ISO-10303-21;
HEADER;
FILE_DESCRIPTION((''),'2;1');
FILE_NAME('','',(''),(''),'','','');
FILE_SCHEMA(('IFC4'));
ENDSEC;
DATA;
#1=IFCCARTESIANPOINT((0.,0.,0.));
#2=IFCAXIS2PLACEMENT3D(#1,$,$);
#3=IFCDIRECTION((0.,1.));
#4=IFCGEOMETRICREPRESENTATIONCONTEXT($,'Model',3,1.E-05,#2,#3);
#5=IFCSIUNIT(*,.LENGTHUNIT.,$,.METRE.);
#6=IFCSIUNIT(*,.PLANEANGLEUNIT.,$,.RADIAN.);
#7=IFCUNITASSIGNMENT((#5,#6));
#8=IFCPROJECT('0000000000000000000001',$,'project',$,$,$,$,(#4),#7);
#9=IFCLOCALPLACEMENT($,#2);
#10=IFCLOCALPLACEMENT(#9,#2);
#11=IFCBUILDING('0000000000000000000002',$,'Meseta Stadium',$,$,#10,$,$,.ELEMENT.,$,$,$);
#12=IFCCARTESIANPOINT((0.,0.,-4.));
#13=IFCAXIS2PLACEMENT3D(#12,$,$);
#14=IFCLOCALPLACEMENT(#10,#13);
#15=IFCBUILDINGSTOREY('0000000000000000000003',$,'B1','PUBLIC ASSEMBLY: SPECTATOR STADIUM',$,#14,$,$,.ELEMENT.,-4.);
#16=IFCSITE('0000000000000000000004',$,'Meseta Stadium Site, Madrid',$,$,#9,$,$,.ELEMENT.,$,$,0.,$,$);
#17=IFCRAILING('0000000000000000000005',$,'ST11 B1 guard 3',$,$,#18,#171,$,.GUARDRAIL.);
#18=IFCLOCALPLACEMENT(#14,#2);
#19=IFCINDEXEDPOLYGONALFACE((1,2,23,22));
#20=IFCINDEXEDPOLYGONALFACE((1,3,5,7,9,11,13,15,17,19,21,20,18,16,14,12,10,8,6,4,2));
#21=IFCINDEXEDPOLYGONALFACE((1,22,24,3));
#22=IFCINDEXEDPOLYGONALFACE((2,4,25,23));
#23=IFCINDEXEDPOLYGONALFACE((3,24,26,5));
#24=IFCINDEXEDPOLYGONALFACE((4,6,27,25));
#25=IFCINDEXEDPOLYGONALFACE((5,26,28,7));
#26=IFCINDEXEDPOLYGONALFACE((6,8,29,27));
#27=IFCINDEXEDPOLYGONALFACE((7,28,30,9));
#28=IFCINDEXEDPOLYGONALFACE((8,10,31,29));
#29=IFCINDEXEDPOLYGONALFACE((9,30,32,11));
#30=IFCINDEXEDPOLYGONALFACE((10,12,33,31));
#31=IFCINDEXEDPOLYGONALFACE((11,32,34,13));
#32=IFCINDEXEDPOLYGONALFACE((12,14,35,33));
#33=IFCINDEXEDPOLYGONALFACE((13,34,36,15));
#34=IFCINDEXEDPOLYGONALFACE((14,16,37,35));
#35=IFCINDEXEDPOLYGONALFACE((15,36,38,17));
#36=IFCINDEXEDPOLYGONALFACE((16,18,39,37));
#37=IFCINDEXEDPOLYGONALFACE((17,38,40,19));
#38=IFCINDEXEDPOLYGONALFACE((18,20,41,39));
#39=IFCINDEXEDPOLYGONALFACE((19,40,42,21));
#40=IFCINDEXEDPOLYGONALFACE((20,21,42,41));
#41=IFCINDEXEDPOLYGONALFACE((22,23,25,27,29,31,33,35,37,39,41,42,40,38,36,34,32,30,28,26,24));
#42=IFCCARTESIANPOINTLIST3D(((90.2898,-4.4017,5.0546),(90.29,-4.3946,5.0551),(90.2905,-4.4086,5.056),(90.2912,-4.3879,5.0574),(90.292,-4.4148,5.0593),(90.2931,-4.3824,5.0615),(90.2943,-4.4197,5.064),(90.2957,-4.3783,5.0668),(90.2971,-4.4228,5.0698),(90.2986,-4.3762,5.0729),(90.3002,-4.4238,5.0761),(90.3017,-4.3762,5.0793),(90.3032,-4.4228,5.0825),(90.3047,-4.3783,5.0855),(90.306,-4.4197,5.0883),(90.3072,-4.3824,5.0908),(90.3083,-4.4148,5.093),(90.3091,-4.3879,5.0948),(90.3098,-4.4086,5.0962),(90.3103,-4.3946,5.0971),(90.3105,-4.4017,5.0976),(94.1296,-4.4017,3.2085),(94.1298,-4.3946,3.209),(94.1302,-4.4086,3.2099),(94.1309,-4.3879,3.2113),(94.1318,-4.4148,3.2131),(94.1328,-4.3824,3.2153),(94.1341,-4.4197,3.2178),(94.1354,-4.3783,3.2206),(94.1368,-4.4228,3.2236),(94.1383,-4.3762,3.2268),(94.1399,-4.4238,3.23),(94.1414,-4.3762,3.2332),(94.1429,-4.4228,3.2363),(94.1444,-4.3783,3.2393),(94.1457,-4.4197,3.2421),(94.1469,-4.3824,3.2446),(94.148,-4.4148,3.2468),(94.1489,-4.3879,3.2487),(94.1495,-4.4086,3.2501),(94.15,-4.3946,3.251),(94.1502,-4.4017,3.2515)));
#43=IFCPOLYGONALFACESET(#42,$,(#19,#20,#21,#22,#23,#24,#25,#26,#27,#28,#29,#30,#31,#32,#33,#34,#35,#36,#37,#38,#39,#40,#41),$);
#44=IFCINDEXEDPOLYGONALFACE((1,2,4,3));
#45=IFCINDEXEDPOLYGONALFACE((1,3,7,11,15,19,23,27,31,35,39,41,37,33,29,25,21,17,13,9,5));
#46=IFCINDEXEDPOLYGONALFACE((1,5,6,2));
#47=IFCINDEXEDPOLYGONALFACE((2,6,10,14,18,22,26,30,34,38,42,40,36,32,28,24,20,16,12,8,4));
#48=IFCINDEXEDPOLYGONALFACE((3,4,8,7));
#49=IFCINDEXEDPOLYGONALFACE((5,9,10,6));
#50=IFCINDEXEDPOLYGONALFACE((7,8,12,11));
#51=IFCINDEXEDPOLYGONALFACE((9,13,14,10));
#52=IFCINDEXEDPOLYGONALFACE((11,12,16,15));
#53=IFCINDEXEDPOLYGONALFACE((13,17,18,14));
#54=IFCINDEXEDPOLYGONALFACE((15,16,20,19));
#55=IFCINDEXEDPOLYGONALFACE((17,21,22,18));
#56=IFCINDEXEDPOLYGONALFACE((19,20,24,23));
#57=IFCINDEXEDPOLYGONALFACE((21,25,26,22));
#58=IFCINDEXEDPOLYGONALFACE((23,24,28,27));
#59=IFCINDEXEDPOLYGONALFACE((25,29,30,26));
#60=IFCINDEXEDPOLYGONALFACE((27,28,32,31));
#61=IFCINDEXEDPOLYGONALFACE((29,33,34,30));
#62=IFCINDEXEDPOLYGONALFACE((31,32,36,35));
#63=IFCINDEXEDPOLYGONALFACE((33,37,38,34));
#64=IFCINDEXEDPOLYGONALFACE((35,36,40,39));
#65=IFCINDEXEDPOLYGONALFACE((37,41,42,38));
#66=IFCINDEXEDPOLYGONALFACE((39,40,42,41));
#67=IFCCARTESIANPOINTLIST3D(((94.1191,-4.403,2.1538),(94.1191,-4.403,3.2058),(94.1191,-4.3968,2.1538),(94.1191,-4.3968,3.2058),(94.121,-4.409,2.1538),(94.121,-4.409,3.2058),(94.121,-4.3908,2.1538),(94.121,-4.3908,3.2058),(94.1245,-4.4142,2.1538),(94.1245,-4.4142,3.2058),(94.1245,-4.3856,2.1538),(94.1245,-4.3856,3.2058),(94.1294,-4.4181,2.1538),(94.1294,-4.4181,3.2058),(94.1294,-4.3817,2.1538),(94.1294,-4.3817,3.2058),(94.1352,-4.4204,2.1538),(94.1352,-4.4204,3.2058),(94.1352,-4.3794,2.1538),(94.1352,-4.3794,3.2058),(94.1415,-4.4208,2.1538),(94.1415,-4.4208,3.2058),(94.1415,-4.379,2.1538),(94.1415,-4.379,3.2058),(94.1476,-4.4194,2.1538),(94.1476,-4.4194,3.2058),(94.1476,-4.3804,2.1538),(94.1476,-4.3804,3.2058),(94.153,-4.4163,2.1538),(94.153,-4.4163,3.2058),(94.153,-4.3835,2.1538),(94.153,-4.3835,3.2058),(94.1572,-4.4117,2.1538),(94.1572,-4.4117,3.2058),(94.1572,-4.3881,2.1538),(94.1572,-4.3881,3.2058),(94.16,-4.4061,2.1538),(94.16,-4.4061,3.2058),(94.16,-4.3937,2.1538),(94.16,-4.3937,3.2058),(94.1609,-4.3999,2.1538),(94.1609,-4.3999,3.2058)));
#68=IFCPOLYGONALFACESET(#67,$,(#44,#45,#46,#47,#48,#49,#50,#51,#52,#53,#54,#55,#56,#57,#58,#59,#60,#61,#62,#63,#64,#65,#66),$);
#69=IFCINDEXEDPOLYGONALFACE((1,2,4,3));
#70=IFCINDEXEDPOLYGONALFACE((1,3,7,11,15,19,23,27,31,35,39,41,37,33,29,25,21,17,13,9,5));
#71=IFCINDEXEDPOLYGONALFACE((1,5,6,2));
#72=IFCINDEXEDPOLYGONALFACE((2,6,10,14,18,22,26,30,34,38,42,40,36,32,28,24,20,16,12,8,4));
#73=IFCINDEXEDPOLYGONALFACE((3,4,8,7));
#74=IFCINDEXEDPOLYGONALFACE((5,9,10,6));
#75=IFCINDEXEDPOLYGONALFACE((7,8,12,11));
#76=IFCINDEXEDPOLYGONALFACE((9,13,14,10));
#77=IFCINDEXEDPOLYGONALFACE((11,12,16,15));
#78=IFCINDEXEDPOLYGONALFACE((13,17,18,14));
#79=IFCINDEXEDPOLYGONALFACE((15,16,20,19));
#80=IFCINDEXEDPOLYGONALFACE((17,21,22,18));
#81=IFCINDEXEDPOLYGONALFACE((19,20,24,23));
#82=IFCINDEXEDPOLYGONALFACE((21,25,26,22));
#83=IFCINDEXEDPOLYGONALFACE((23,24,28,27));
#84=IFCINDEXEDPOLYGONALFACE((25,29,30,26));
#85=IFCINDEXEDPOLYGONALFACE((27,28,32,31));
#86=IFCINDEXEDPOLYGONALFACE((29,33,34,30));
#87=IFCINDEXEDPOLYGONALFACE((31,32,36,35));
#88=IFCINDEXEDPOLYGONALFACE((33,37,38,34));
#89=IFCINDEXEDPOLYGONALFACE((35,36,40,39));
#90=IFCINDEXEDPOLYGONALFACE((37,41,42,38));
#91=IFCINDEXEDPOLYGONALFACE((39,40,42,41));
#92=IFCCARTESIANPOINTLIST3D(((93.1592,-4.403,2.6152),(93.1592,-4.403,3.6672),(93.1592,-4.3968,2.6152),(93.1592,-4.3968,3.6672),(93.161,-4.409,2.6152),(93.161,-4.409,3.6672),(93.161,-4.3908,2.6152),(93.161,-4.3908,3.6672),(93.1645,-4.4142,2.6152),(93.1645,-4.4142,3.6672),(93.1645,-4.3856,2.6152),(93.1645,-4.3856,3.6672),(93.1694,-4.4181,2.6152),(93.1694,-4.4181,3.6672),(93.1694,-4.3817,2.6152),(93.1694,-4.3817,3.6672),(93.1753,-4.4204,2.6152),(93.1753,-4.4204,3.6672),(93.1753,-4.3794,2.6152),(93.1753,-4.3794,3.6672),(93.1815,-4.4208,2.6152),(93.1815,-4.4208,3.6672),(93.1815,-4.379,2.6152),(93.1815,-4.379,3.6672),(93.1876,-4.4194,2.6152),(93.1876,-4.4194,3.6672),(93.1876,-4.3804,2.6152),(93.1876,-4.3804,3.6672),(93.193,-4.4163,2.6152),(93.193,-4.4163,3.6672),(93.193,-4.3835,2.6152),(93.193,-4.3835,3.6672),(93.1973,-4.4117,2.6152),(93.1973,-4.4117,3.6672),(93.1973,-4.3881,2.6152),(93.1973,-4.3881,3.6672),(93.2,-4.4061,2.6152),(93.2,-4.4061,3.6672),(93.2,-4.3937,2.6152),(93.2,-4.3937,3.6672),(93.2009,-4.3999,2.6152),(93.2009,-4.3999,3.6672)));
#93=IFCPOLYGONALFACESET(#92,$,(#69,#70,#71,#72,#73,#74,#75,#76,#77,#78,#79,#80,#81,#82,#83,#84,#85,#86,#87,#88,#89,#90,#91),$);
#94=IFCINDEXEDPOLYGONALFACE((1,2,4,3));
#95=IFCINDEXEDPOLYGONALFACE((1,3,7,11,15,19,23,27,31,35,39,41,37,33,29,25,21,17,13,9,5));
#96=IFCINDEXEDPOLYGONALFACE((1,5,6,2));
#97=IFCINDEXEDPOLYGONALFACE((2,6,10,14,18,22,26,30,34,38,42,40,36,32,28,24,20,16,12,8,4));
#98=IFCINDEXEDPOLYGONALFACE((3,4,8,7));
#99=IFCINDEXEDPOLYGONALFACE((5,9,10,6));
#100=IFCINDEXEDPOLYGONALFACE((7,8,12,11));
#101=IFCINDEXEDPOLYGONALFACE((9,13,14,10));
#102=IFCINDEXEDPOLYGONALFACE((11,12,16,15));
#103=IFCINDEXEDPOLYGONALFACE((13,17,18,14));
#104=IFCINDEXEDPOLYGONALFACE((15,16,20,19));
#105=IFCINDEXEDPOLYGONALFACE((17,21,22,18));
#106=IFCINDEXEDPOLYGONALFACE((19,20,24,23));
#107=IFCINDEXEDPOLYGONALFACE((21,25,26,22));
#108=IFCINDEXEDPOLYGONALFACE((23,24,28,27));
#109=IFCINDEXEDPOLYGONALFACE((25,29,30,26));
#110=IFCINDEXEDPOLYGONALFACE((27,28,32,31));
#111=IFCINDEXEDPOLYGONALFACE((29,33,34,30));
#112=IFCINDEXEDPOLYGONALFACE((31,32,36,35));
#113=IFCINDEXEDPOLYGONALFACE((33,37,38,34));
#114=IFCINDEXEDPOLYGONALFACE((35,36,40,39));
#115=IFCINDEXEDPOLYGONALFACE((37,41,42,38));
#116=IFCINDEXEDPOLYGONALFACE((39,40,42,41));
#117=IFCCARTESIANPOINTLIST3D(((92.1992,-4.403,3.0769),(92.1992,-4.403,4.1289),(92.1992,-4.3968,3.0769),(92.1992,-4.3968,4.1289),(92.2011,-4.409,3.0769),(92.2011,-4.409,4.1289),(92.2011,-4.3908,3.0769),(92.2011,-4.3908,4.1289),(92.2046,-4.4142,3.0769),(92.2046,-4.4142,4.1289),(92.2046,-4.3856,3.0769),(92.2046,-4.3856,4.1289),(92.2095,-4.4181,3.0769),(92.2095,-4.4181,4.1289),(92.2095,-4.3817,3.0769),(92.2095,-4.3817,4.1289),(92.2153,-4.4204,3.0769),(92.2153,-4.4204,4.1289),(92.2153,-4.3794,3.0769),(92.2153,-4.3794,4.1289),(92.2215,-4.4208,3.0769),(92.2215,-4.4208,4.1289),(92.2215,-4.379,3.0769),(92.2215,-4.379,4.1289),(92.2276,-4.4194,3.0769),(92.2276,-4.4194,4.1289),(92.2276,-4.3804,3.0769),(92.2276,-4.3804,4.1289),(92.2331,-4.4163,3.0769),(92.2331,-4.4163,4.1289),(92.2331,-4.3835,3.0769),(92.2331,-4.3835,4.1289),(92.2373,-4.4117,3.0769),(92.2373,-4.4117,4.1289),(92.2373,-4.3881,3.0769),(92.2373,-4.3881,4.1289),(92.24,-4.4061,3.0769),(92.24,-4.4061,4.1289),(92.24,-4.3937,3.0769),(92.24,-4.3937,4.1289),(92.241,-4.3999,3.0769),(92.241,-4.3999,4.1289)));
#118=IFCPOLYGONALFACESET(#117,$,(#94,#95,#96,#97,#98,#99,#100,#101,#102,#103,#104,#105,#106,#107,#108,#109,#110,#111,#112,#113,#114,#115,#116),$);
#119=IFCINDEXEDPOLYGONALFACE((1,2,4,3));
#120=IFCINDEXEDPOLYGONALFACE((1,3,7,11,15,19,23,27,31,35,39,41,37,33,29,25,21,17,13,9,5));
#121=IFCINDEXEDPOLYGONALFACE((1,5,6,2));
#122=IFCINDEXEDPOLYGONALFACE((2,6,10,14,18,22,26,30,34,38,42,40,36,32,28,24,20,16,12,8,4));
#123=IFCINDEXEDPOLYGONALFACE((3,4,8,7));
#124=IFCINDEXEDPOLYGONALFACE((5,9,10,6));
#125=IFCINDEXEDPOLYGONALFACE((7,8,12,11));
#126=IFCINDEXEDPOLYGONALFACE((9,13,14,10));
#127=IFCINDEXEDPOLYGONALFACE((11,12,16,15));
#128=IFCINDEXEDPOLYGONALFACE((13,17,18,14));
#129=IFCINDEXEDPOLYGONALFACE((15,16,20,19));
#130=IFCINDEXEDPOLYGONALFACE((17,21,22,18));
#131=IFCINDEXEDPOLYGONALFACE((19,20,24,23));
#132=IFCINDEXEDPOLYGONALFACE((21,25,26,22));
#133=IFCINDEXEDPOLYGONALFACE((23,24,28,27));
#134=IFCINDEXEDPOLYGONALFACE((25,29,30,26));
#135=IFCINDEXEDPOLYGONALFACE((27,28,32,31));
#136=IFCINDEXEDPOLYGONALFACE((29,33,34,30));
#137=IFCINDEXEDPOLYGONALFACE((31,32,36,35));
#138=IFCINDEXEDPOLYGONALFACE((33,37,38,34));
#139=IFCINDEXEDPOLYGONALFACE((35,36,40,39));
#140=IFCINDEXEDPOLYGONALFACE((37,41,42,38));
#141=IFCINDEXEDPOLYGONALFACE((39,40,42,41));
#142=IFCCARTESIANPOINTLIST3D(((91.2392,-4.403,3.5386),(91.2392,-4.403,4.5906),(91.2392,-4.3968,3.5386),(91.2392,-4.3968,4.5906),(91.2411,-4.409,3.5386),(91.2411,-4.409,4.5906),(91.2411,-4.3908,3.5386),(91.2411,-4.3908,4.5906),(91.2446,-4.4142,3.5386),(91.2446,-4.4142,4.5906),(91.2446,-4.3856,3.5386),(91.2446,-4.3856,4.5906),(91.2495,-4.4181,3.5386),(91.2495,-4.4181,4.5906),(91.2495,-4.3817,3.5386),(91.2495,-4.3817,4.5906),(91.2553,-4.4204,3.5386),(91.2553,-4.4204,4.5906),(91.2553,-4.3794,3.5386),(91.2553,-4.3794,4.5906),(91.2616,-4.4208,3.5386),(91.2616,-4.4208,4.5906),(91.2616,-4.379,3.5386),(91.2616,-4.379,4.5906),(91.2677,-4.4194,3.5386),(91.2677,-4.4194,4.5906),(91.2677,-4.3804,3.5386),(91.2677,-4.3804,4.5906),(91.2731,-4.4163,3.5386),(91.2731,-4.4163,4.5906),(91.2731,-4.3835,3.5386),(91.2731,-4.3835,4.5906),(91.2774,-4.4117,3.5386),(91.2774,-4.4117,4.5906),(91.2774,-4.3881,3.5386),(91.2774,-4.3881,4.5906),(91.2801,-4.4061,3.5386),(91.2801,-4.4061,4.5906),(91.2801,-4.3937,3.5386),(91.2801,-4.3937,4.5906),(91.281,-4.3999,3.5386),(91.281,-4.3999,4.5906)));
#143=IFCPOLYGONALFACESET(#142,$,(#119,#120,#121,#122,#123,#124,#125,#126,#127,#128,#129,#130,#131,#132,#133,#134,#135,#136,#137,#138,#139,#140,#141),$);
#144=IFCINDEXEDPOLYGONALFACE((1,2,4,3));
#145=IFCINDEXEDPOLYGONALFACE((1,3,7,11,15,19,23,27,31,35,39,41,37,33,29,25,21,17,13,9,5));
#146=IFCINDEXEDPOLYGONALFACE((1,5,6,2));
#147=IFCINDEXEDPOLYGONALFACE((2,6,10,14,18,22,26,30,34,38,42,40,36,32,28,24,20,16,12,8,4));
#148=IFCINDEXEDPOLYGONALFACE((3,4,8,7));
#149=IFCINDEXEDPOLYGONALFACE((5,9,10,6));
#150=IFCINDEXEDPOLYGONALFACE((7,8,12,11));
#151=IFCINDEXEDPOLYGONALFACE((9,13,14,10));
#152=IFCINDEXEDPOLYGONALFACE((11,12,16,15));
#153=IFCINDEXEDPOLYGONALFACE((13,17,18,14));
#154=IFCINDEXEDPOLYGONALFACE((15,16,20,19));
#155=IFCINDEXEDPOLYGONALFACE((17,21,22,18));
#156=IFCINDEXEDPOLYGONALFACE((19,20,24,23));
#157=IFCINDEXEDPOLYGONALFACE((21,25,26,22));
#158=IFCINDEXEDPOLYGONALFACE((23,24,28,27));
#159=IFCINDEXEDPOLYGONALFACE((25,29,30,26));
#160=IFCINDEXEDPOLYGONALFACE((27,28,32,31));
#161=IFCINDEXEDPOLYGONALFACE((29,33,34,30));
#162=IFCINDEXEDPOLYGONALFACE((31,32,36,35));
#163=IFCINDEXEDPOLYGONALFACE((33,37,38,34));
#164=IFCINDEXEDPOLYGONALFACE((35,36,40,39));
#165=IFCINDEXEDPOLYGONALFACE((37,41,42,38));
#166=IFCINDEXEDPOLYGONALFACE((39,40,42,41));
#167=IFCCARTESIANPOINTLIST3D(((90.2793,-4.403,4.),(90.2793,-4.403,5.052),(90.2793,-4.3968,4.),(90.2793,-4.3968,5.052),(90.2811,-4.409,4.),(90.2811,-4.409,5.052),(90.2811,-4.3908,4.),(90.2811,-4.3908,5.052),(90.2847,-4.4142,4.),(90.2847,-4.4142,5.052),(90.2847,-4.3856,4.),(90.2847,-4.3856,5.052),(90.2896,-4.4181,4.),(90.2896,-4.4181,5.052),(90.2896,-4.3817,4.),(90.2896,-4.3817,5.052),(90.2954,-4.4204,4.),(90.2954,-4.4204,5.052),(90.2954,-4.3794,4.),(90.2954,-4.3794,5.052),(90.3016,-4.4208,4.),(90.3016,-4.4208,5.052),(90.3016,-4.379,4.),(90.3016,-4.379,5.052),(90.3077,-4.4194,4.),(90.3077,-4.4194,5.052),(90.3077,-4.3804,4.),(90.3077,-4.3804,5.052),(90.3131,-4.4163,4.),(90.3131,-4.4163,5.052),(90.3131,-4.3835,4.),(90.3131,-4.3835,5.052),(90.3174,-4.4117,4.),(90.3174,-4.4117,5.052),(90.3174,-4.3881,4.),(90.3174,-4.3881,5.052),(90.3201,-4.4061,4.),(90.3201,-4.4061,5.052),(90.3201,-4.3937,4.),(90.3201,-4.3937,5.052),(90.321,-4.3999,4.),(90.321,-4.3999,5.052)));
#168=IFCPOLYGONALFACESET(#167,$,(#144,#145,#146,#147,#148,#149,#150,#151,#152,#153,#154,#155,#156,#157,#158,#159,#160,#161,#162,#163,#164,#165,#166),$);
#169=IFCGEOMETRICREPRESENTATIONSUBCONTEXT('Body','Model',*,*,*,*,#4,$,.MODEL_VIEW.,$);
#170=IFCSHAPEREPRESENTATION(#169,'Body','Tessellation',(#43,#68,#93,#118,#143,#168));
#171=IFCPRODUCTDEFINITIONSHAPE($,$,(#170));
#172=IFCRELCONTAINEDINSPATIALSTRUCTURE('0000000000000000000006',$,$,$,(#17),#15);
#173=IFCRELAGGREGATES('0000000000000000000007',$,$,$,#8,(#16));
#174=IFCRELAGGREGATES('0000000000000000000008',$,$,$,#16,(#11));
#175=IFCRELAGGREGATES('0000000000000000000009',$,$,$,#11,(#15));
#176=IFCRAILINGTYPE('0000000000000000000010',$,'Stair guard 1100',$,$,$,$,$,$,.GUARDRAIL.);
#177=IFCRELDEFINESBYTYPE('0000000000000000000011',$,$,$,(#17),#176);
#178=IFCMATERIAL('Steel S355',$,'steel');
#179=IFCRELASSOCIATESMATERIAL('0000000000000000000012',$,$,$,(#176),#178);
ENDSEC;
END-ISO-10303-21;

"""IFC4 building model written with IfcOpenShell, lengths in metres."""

from ifc_helpers import new_model, si_unit, direction, frame, origin, origin_2d, place, context, subcontext, project, spatial, circle, extrude, material, type_object, element, save


model = new_model("IFC4")

# Units and contexts
model_context = context("Model", 3, precision=1e-05, world=origin(), true_north=direction((0.0, 1.0)))
body_context = subcontext(model_context, "Body", "Model", "MODEL_VIEW")
ifc_project = project(units=[si_unit("LENGTHUNIT", "METRE"), si_unit("PLANEANGLEUNIT", "RADIAN")], contexts=[model_context])

# Site, building, storey
site_placement = place(None, origin())
site = spatial("IfcSite", under=ifc_project, at=site_placement, Name="Meseta Stadium Site, Madrid", CompositionType="ELEMENT", RefElevation=0.0)
building_placement = place(site_placement, origin())
building = spatial("IfcBuilding", under=site, at=building_placement, Name="Meseta Stadium", CompositionType="ELEMENT")
storey_placement = place(building_placement, frame((0.0, 0.0, -4.0)))
storey = spatial("IfcBuildingStorey", under=building, at=storey_placement, Name="B1", Description="PUBLIC ASSEMBLY: SPECTATOR STADIUM", CompositionType="ELEMENT", Elevation=-4.0)

# Railing
ifc_material_1 = material(Name="Steel S355", Category="steel")
railing_type_1 = type_object("IfcRailingType", Name="Stair guard 1100", PredefinedType="GUARDRAIL", material=ifc_material_1)
railing_1_placement = place(storey_placement, frame((94.1399, -4.3999, 2.1538)))
element("IfcRailing", 1, at=railing_1_placement, inside=storey, type_object=railing_type_1, Name="ST11 B1 guard 3", PredefinedType="GUARDRAIL", context=body_context, shape_type="SweptSolid", body=[
    extrude(circle(Radius=0.0239, at=origin_2d()), frame((0.0, 0.0, 1.0762), z_axis=(-0.901242, 0.0, 0.433316), x_axis=(0.0, -1.0, 0.0)), (0.0, 0.0, 1.0), 4.2605),
    extrude(circle(Radius=0.021, at=origin_2d()), origin(), (0.0, 0.0, 1.0), 1.052),
    extrude(circle(Radius=0.021, at=origin_2d()), frame((-0.96, 0.0, 0.4614)), (0.0, 0.0, 1.0), 1.052),
    extrude(circle(Radius=0.021, at=origin_2d()), frame((-1.9199, 0.0, 0.9231)), (0.0, 0.0, 1.0), 1.052),
    extrude(circle(Radius=0.021, at=origin_2d()), frame((-2.8799, 0.0, 1.3848)), (0.0, 0.0, 1.0), 1.052),
    extrude(circle(Radius=0.021, at=origin_2d()), frame((-3.8398, 0.0, 1.8462)), (0.0, 0.0, 1.0), 1.052),
])

save(model, "model.ifc")
